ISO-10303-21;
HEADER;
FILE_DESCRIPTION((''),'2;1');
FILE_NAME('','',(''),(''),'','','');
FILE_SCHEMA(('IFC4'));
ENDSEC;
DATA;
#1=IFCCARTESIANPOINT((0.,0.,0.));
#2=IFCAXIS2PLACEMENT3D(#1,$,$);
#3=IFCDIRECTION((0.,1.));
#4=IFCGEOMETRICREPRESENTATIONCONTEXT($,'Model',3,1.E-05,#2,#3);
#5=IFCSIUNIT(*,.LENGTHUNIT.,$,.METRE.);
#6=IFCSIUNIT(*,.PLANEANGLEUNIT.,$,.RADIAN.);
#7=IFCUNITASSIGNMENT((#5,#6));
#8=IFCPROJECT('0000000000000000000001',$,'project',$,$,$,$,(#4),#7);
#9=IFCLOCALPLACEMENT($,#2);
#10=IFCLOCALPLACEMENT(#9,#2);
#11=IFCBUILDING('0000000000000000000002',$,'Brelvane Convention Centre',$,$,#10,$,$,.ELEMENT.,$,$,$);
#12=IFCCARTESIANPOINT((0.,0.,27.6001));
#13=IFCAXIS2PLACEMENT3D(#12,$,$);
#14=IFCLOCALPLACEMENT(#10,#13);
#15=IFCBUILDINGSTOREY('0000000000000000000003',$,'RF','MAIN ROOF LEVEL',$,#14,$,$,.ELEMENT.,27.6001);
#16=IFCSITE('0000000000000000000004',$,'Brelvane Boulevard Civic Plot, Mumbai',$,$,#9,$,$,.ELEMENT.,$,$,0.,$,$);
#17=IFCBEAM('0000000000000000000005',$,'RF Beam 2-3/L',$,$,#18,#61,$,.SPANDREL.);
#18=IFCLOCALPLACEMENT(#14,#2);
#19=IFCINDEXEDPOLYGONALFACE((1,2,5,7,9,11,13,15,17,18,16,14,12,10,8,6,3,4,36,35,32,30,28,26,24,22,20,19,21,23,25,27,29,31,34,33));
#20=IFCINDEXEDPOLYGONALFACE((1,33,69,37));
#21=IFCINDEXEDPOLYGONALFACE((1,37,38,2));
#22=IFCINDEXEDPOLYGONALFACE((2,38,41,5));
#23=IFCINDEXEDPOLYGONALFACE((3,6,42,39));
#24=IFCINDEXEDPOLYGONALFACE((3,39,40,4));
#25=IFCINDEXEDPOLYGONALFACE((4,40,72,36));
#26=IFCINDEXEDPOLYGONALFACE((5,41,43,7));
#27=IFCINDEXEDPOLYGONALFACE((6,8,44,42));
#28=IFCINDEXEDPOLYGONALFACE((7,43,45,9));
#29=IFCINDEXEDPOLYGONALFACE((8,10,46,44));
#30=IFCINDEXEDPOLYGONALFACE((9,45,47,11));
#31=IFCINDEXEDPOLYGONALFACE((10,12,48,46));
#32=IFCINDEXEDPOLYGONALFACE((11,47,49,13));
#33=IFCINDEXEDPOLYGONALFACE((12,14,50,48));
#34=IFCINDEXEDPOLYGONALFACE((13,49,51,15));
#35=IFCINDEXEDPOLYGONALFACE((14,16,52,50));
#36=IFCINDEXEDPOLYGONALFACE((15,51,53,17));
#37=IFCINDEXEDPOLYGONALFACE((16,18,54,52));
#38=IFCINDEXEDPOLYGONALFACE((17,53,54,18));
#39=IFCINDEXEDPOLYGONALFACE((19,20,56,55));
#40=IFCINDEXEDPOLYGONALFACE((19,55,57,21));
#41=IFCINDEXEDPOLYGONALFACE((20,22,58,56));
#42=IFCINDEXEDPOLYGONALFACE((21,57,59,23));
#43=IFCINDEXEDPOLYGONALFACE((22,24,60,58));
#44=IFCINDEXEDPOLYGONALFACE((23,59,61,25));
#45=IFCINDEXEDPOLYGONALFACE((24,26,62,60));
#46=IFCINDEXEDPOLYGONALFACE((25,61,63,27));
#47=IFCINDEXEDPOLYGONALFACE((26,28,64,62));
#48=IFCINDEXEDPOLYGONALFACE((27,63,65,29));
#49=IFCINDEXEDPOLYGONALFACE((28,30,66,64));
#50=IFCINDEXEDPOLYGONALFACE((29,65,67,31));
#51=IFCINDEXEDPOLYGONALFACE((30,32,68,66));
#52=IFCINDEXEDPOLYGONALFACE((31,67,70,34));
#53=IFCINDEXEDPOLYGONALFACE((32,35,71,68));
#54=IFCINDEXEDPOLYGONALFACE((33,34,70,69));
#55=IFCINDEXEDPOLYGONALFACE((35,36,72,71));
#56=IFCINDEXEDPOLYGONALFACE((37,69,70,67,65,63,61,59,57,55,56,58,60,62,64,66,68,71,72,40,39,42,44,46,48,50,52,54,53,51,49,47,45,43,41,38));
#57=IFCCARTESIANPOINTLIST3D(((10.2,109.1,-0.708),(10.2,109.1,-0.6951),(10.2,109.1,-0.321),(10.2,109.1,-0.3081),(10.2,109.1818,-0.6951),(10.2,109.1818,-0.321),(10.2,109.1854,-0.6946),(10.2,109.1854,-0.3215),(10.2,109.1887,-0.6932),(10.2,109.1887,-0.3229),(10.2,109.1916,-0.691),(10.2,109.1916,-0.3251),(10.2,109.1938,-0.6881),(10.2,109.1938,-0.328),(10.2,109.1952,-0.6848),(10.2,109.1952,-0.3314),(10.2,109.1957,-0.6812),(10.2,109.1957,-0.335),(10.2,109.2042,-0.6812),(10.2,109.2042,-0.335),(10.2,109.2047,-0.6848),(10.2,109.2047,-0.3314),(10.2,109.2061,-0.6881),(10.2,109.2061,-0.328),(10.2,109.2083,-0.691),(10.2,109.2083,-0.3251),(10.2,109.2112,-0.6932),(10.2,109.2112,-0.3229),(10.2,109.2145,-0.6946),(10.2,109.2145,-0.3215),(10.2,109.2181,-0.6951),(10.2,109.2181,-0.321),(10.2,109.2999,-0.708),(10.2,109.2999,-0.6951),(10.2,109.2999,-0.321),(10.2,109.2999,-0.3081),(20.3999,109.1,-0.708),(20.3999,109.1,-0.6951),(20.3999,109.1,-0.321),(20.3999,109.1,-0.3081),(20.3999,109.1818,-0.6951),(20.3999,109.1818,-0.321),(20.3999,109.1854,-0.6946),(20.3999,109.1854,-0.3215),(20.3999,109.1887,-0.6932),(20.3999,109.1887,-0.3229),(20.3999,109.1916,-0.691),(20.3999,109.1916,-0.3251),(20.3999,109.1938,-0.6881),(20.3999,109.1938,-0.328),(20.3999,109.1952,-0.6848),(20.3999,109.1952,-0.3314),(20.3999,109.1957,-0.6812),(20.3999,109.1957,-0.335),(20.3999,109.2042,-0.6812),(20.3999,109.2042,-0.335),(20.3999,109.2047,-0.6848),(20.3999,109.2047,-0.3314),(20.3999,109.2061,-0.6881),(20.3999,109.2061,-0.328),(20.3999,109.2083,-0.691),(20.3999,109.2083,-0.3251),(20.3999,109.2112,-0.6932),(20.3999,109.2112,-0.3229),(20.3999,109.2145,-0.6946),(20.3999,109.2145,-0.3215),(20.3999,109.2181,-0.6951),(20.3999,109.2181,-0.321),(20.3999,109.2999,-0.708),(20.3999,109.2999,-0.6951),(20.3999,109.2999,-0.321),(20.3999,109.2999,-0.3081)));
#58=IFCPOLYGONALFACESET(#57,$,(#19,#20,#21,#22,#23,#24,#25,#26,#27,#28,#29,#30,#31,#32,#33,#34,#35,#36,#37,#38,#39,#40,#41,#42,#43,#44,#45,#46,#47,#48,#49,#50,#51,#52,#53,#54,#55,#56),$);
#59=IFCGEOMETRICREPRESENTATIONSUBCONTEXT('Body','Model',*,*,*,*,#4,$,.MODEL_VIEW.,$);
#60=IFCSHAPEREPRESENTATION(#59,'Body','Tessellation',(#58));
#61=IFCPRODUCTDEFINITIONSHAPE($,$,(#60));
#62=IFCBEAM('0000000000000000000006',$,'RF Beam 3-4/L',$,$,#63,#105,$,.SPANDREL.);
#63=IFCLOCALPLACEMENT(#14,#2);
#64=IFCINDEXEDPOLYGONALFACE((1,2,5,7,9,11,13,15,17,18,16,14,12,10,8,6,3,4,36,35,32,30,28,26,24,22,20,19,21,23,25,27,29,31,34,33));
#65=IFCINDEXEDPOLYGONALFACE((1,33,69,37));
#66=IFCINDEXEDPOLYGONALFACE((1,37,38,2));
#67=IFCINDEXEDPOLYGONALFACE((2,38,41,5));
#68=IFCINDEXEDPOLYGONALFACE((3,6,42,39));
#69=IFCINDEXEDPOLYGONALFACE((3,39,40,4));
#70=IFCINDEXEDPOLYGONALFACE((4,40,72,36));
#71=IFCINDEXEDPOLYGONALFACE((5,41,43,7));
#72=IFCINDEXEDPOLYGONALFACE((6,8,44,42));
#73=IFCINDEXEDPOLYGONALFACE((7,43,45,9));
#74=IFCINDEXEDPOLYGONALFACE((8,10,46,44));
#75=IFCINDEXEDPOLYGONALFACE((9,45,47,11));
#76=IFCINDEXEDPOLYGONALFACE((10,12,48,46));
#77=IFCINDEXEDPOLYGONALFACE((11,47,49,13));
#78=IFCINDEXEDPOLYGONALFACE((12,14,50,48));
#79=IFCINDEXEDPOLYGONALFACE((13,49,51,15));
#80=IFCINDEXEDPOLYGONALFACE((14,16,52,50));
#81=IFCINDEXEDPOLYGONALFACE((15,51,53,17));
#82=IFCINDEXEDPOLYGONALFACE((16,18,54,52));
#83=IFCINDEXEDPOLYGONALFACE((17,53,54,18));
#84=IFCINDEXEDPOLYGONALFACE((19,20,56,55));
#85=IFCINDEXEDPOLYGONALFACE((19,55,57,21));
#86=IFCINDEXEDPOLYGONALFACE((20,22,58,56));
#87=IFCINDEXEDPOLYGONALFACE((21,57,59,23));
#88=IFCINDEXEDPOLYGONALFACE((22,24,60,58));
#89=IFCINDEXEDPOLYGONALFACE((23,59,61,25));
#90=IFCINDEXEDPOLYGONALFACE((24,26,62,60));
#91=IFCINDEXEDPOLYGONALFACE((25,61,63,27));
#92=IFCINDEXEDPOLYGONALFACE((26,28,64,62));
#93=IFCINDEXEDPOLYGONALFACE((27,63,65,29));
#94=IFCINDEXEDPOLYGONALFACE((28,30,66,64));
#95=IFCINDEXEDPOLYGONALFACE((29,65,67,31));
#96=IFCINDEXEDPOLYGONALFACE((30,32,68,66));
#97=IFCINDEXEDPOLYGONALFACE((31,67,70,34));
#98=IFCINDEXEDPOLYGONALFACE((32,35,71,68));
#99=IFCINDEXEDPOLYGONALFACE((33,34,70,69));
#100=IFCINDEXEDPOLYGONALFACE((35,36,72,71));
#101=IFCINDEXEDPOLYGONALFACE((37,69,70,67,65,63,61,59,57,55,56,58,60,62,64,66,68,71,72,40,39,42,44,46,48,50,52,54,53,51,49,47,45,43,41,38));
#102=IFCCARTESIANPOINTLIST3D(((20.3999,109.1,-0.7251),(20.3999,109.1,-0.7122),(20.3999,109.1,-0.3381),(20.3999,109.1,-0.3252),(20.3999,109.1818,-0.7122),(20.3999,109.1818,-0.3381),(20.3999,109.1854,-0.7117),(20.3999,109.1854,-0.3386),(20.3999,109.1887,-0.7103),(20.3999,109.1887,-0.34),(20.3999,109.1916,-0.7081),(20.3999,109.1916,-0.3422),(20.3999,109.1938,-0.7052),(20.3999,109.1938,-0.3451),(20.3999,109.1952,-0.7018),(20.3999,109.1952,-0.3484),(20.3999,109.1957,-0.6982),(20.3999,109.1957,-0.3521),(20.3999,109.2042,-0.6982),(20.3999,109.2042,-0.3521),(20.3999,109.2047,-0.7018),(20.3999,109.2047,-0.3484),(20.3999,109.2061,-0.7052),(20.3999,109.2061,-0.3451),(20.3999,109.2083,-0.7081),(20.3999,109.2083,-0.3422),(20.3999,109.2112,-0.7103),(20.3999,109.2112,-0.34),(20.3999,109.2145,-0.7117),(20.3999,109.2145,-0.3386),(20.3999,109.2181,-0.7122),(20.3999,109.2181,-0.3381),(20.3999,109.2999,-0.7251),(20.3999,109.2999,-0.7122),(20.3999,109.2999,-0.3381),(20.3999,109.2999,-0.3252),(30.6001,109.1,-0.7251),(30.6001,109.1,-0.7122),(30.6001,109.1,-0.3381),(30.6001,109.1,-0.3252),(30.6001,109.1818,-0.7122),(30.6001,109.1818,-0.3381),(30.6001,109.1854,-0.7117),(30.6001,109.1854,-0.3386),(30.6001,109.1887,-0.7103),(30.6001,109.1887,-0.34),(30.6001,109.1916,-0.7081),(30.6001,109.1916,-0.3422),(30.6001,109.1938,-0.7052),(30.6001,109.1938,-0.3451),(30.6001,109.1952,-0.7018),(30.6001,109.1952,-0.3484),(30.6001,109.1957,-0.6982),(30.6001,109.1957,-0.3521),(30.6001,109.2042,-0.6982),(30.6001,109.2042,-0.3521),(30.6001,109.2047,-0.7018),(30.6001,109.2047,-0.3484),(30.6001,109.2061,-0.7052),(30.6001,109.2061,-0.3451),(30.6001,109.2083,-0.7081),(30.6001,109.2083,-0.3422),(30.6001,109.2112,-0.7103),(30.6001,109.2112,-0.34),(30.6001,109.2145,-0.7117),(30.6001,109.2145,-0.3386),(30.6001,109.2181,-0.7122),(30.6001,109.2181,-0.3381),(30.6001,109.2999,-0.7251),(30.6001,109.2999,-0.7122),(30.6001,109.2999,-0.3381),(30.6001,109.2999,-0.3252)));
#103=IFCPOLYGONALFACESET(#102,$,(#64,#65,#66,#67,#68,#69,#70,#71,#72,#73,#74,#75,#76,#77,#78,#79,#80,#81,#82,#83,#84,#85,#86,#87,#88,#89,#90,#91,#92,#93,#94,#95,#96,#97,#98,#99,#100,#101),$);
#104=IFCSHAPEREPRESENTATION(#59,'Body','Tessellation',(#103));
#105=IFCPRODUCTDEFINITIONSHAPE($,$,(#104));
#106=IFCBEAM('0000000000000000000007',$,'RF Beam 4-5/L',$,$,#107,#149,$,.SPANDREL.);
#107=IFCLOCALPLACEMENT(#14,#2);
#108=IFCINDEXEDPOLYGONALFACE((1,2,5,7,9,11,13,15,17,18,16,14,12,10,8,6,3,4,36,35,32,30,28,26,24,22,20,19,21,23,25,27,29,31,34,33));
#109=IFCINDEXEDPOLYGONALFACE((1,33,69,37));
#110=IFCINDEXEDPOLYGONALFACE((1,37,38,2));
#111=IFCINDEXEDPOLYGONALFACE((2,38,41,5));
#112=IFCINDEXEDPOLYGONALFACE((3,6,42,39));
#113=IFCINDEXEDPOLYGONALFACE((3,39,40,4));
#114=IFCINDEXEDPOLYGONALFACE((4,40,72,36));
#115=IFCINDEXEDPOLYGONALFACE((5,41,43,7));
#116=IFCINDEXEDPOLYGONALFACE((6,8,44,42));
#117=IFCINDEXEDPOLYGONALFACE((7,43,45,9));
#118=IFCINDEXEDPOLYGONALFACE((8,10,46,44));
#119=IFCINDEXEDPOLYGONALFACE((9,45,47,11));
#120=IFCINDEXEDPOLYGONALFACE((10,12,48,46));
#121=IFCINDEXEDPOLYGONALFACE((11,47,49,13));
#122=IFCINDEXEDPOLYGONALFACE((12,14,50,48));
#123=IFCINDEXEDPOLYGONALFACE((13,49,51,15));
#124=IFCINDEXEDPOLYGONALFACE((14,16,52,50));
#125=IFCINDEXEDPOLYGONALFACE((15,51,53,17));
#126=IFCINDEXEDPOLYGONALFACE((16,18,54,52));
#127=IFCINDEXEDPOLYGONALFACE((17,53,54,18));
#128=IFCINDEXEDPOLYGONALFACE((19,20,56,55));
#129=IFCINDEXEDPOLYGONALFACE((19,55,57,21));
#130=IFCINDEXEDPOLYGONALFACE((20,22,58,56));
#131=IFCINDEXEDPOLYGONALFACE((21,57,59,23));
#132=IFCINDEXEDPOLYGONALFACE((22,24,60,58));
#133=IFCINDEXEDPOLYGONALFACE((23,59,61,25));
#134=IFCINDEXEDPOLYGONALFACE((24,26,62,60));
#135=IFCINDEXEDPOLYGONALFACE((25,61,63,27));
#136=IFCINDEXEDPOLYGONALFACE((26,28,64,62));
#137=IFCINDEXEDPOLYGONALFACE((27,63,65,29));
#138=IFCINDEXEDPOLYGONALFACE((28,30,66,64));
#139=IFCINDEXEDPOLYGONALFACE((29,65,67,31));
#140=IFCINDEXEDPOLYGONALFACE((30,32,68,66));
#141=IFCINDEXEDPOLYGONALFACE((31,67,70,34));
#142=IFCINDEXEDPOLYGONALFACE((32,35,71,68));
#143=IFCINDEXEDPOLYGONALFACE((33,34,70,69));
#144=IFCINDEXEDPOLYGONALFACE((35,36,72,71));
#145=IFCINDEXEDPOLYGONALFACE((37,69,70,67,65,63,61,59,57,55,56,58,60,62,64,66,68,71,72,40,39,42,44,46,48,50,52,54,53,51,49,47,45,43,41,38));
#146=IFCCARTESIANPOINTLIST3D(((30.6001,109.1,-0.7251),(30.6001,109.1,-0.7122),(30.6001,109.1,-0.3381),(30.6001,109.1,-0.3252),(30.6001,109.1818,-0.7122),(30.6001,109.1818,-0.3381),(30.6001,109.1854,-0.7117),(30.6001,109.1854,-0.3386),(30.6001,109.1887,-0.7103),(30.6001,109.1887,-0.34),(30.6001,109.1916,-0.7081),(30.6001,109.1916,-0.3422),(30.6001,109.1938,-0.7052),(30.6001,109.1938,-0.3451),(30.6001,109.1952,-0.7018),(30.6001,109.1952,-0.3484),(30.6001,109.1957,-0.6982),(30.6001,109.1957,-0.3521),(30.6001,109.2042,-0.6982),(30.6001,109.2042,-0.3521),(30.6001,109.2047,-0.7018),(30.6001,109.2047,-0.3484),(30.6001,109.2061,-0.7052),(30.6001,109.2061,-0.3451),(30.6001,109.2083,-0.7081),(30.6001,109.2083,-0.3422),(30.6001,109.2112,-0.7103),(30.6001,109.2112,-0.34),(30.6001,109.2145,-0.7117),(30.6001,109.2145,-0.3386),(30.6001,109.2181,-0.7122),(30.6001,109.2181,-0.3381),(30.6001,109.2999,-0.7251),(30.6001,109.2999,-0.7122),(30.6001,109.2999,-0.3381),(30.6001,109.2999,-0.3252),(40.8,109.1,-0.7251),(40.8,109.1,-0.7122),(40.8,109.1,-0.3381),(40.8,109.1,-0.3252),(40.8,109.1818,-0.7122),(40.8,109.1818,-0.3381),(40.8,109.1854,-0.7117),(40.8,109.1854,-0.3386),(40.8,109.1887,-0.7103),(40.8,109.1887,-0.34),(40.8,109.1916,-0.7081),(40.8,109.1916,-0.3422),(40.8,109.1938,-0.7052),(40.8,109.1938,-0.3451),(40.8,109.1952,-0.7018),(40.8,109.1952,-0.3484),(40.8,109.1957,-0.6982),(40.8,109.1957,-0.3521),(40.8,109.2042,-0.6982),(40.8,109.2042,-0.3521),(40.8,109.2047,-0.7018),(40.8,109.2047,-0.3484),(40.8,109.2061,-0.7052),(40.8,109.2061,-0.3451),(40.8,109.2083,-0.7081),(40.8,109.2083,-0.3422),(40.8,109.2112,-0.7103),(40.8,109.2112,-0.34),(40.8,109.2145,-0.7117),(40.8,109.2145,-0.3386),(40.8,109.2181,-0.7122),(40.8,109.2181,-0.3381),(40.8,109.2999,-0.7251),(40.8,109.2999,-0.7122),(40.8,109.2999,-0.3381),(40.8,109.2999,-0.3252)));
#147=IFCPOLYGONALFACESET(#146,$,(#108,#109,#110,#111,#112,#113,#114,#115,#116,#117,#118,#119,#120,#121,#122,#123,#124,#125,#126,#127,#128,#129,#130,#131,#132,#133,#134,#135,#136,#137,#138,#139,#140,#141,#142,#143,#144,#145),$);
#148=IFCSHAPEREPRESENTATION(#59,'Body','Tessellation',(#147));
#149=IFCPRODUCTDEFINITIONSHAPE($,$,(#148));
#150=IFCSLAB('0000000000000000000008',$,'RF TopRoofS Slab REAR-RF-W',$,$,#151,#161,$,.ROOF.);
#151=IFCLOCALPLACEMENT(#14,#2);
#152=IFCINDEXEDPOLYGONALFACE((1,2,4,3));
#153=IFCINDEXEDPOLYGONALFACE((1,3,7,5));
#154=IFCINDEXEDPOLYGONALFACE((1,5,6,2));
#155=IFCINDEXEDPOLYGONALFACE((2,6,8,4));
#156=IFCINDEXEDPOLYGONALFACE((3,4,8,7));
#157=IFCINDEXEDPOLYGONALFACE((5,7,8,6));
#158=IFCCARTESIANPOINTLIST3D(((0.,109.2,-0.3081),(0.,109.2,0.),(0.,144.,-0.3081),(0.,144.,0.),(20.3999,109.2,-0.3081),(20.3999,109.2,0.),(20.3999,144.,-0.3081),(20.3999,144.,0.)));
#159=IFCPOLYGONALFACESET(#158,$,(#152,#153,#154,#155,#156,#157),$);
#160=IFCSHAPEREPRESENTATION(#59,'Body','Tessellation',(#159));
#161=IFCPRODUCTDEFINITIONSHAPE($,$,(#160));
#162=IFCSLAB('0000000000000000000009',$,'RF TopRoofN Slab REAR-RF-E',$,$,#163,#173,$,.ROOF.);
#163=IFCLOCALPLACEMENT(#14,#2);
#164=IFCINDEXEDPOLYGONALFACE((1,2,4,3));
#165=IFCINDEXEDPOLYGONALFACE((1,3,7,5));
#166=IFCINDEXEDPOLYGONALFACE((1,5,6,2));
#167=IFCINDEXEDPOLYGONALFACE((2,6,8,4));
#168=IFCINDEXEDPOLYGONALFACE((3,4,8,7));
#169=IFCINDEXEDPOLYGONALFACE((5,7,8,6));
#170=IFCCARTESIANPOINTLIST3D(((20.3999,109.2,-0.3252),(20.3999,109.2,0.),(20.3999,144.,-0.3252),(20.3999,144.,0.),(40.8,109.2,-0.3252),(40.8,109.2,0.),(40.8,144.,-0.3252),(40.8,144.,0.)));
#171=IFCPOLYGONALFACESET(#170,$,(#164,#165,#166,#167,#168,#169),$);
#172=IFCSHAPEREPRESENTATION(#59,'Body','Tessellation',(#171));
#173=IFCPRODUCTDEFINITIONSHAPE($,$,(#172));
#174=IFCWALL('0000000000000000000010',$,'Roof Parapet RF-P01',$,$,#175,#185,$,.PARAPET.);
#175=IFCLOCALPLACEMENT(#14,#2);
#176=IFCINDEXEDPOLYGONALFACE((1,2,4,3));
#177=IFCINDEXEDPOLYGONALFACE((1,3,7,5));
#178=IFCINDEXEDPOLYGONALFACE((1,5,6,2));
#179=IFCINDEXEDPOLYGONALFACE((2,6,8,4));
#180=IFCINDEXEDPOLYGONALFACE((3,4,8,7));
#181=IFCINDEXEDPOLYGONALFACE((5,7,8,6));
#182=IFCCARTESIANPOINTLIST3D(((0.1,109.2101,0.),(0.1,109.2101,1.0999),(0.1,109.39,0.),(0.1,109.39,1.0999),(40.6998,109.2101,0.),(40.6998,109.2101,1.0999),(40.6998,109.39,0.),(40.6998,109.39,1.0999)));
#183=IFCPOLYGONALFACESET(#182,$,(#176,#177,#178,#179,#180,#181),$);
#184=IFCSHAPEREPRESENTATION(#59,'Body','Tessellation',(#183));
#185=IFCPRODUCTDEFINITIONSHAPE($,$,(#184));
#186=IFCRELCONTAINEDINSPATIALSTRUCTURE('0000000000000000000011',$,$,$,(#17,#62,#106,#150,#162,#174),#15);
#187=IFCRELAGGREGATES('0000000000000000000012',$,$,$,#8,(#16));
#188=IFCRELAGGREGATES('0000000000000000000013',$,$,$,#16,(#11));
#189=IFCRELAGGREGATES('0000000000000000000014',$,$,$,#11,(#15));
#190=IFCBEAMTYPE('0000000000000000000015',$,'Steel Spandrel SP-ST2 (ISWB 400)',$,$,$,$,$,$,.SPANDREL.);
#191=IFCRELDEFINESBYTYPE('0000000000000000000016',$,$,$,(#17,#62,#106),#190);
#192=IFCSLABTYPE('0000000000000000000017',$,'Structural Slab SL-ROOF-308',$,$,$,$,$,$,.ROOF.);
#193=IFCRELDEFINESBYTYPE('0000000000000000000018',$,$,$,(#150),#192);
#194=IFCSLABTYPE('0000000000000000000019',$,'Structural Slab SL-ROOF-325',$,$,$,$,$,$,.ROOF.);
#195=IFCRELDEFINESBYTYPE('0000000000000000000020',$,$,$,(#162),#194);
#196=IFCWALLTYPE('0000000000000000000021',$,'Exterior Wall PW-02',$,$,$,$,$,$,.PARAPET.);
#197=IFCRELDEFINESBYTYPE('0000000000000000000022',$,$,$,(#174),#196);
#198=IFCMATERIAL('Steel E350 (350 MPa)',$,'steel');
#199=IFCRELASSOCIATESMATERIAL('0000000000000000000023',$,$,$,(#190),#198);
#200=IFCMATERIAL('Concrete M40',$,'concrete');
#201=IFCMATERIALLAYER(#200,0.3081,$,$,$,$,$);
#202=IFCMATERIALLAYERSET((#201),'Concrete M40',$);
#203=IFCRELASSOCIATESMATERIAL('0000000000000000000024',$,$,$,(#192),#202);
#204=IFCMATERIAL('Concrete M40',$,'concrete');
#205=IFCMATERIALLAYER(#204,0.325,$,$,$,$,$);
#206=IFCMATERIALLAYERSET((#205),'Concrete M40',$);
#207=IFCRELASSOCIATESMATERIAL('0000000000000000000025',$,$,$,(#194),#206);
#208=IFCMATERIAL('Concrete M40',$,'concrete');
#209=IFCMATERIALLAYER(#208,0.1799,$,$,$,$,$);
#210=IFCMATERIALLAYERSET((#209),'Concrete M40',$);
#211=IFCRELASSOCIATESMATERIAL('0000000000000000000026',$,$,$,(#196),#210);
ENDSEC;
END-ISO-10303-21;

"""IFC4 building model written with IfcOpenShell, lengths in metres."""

from ifc_helpers import new_model, si_unit, direction, frame, frame_2d, origin, origin_2d, place, context, subcontext, project, spatial, polyline, rectangle, i_section, outline, extrude, material, layer, layer_set, material_profile, profile_set, type_object, element, save


model = new_model("IFC4")

# Units and contexts
model_context = context("Model", 3, precision=1e-05, world=origin(), true_north=direction((0.0, 1.0)))
body_context = subcontext(model_context, "Body", "Model", "MODEL_VIEW")
ifc_project = project(units=[si_unit("LENGTHUNIT", "METRE"), si_unit("PLANEANGLEUNIT", "RADIAN")], contexts=[model_context])

# Site, building, storey
site_placement = place(None, origin())
site = spatial("IfcSite", under=ifc_project, at=site_placement, Name="Brelvane Boulevard Civic Plot, Mumbai", CompositionType="ELEMENT", RefElevation=0.0)
building_placement = place(site_placement, origin())
building = spatial("IfcBuilding", under=site, at=building_placement, Name="Brelvane Convention Centre", CompositionType="ELEMENT")
storey_placement = place(building_placement, frame((0.0, 0.0, 27.6001)))
storey = spatial("IfcBuildingStorey", under=building, at=storey_placement, Name="RF", Description="MAIN ROOF LEVEL", CompositionType="ELEMENT", Elevation=27.6001)

# Beams
ifc_material_1 = material(Name="Steel E350 (350 MPa)", Category="steel")
ifc_material_profile_1 = material_profile(ifc_material_1, i_section(OverallWidth=0.2, OverallDepth=0.3999, WebThickness=0.0085, FlangeThickness=0.0129, FilletRadius=0.0139, at=origin_2d()), Name="ISWB 400")
ifc_profile_set_1 = profile_set([ifc_material_profile_1], Name="Steel E350 (350 MPa)")
beam_type_1 = type_object("IfcBeamType", Name="Steel Spandrel SP-ST2 (ISWB 400)", PredefinedType="SPANDREL", material=ifc_profile_set_1)
for number, where, z_axis, x_axis, name in (
    (1, (10.2, 109.2, -0.5081), (1.0, 0.0, 0.0), (0.0, 1.0, 0.0), "RF Beam 2-3/L"),
):
    element("IfcBeam", number, at=place(storey_placement, frame(where, z_axis=z_axis, x_axis=x_axis)), inside=storey, type_object=beam_type_1, Name=name, PredefinedType="SPANDREL", context=body_context, shape_type="SweptSolid", body=[
        extrude(i_section(OverallWidth=0.2, OverallDepth=0.3999, WebThickness=0.0085, FlangeThickness=0.0129, FilletRadius=0.0139, at=origin_2d()), origin(), (0.0, 0.0, 1.0), 10.2),
    ])
beam_1_placement = place(storey_placement, frame((20.3999, 109.2, -0.5251), z_axis=(1.0, 0.0, 0.0), x_axis=(0.0, 1.0, 0.0)))
element("IfcBeam", 2, at=beam_1_placement, inside=storey, type_object=beam_type_1, Name="RF Beam 3-4/L", PredefinedType="SPANDREL", context=body_context, shape_type="SweptSolid", body=[
    extrude(i_section(OverallWidth=0.2, OverallDepth=0.3999, WebThickness=0.0085, FlangeThickness=0.0129, FilletRadius=0.0139, at=origin_2d()), origin(), (0.0, 0.0, 1.0), 10.2002),
])
beam_2_placement = place(storey_placement, frame((30.6001, 109.2, -0.5251), z_axis=(1.0, 0.0, 0.0), x_axis=(0.0, 1.0, 0.0)))
element("IfcBeam", 3, at=beam_2_placement, inside=storey, type_object=beam_type_1, Name="RF Beam 4-5/L", PredefinedType="SPANDREL", context=body_context, shape_type="SweptSolid", body=[
    extrude(i_section(OverallWidth=0.2, OverallDepth=0.3999, WebThickness=0.0085, FlangeThickness=0.0129, FilletRadius=0.0139, at=origin_2d()), origin(), (0.0, 0.0, 1.0), 10.2),
])

# Slabs
ifc_material_2 = material(Name="Concrete M40", Category="concrete")
ifc_layer_1 = layer(ifc_material_2, 0.3081)
ifc_layer_set_1 = layer_set([ifc_layer_1], Name="Concrete M40")
slab_type_1 = type_object("IfcSlabType", Name="Structural Slab SL-ROOF-308", PredefinedType="ROOF", material=ifc_layer_set_1)
slab_1_placement = place(storey_placement, frame((0.0, 0.0, -0.3081)))
element("IfcSlab", 4, at=slab_1_placement, inside=storey, type_object=slab_type_1, Name="RF TopRoofS Slab REAR-RF-W", PredefinedType="ROOF", context=body_context, shape_type="SweptSolid", body=[
    extrude(outline(polyline([(0.0, 109.2), (20.3999, 109.2), (20.3999, 144.0), (0.0, 144.0), (0.0, 109.2)])), origin(), (0.0, 0.0, 1.0), 0.3081),
])
ifc_material_3 = material(Name="Concrete M40", Category="concrete")
ifc_layer_2 = layer(ifc_material_3, 0.325)
ifc_layer_set_2 = layer_set([ifc_layer_2], Name="Concrete M40")
slab_type_2 = type_object("IfcSlabType", Name="Structural Slab SL-ROOF-325", PredefinedType="ROOF", material=ifc_layer_set_2)
slab_2_placement = place(storey_placement, frame((0.0, 0.0, -0.3252)))
element("IfcSlab", 5, at=slab_2_placement, inside=storey, type_object=slab_type_2, Name="RF TopRoofN Slab REAR-RF-E", PredefinedType="ROOF", context=body_context, shape_type="SweptSolid", body=[
    extrude(outline(polyline([(20.3999, 109.2), (40.8, 109.2), (40.8, 144.0), (20.3999, 144.0), (20.3999, 109.2)])), origin(), (0.0, 0.0, 1.0), 0.3252),
])

# Wall
ifc_material_4 = material(Name="Concrete M40", Category="concrete")
ifc_layer_3 = layer(ifc_material_4, 0.1799)
ifc_layer_set_3 = layer_set([ifc_layer_3], Name="Concrete M40")
wall_type = type_object("IfcWallType", Name="Exterior Wall PW-02", PredefinedType="PARAPET", material=ifc_layer_set_3)
wall_1_placement = place(storey_placement, frame((0.1001, 109.3, 0.0), z_axis=(0.0, 0.0, 1.0), x_axis=(1.0, 0.0, 0.0)))
element("IfcWall", 6, at=wall_1_placement, inside=storey, type_object=wall_type, Name="Roof Parapet RF-P01", PredefinedType="PARAPET", context=body_context, shape_type="SweptSolid", body=[
    extrude(rectangle(XDim=40.5999, YDim=0.1799, at=frame_2d((20.2998, 0.0))), origin(), (0.0, 0.0, 1.0), 1.0999),
])

save(model, "model.ifc")
